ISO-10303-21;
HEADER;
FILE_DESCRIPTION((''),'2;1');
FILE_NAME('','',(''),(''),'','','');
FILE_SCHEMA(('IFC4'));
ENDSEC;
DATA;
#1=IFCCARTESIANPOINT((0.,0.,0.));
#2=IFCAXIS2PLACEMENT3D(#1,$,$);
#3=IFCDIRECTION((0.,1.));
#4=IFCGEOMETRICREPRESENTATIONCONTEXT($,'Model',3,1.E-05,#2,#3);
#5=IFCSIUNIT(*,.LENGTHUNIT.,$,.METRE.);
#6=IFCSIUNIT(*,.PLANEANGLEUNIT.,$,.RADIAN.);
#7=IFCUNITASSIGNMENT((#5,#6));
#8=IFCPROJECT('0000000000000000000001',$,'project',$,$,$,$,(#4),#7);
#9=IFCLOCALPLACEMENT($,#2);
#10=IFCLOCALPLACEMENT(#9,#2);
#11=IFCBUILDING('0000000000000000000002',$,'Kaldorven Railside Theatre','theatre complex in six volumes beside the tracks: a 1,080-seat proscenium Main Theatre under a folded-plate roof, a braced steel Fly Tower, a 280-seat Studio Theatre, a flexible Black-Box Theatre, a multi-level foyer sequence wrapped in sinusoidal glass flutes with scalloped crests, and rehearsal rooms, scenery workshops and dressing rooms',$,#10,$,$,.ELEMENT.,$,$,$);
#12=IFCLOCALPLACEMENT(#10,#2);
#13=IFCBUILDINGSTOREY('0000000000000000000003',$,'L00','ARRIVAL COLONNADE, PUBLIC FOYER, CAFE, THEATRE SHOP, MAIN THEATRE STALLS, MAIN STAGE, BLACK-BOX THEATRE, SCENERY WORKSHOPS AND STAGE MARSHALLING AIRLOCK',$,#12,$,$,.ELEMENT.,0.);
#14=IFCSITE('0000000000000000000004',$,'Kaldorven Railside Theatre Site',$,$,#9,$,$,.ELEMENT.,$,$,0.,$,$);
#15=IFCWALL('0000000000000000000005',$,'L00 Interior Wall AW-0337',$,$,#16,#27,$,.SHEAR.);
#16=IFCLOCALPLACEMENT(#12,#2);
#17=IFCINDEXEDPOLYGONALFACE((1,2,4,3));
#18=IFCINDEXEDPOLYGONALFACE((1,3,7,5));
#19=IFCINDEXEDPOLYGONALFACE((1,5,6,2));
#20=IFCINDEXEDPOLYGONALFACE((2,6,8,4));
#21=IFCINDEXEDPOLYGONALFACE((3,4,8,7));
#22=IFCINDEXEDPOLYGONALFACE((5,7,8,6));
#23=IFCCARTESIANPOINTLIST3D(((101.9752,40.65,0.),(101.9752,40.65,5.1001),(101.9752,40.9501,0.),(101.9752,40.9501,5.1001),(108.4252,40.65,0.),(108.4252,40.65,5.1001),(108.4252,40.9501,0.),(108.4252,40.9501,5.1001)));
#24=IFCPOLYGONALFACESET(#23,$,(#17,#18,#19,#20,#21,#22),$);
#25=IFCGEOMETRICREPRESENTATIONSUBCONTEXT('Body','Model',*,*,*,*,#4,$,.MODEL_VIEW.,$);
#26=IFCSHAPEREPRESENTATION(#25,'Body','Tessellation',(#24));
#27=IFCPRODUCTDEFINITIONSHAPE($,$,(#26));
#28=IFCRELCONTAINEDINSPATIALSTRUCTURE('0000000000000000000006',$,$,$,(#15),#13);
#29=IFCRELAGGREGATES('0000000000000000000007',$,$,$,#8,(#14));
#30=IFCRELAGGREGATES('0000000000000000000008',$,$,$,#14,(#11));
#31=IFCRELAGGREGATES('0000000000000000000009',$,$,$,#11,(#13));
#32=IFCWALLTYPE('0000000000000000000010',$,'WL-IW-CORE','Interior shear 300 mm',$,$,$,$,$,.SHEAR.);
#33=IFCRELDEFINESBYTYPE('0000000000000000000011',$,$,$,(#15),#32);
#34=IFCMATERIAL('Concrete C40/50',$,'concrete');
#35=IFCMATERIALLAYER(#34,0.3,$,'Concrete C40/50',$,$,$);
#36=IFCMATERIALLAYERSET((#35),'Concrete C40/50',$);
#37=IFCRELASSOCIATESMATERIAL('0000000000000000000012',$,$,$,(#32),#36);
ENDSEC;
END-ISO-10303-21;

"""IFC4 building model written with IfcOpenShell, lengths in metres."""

from ifc_helpers import new_model, si_unit, direction, frame, frame_2d, origin, place, context, subcontext, project, spatial, rectangle, extrude, material, layer, layer_set, type_object, element, save


model = new_model("IFC4")

# Units and contexts
model_context = context("Model", 3, precision=1e-05, world=origin(), true_north=direction((0.0, 1.0)))
body_context = subcontext(model_context, "Body", "Model", "MODEL_VIEW")
ifc_project = project(units=[si_unit("LENGTHUNIT", "METRE"), si_unit("PLANEANGLEUNIT", "RADIAN")], contexts=[model_context])

# Site, building, storey
site_placement = place(None, origin())
site = spatial("IfcSite", under=ifc_project, at=site_placement, Name="Kaldorven Railside Theatre Site", CompositionType="ELEMENT", RefElevation=0.0)
building_placement = place(site_placement, origin())
building = spatial("IfcBuilding", under=site, at=building_placement, Name="Kaldorven Railside Theatre", Description="theatre complex in six volumes beside the tracks: a 1,080-seat proscenium Main Theatre under a folded-plate roof, a braced steel Fly Tower, a 280-seat Studio Theatre, a flexible Black-Box Theatre, a multi-level foyer sequence wrapped in sinusoidal glass flutes with scalloped crests, and rehearsal rooms, scenery workshops and dressing rooms", CompositionType="ELEMENT")
storey_placement = place(building_placement, origin())
storey = spatial("IfcBuildingStorey", under=building, at=storey_placement, Name="L00", Description="ARRIVAL COLONNADE, PUBLIC FOYER, CAFE, THEATRE SHOP, MAIN THEATRE STALLS, MAIN STAGE, BLACK-BOX THEATRE, SCENERY WORKSHOPS AND STAGE MARSHALLING AIRLOCK", CompositionType="ELEMENT", Elevation=0.0)

# Shared definitions
ifc_material_1 = material(Name="Concrete C40/50", Category="concrete")

# Shared definitions
ifc_layer = layer(ifc_material_1, 0.3, Name="Concrete C40/50")
ifc_layer_set = layer_set([ifc_layer], Name="Concrete C40/50")
wall_type = type_object("IfcWallType", Name="WL-IW-CORE", Description="Interior shear 300 mm", PredefinedType="SHEAR", material=ifc_layer_set)

# Wall
wall_1_placement = place(storey_placement, frame((101.9751, 40.8, 0.0), z_axis=(0.0, 0.0, 1.0), x_axis=(1.0, 0.0, 0.0)))
element("IfcWall", 1, at=wall_1_placement, inside=storey, type_object=wall_type, Name="L00 Interior Wall AW-0337", PredefinedType="SHEAR", context=body_context, shape_type="SweptSolid", body=[
    extrude(rectangle(XDim=6.45, YDim=0.3, at=frame_2d((3.2251, 0.0))), origin(), (0.0, 0.0, 1.0), 5.1001),
])

save(model, "model.ifc")
